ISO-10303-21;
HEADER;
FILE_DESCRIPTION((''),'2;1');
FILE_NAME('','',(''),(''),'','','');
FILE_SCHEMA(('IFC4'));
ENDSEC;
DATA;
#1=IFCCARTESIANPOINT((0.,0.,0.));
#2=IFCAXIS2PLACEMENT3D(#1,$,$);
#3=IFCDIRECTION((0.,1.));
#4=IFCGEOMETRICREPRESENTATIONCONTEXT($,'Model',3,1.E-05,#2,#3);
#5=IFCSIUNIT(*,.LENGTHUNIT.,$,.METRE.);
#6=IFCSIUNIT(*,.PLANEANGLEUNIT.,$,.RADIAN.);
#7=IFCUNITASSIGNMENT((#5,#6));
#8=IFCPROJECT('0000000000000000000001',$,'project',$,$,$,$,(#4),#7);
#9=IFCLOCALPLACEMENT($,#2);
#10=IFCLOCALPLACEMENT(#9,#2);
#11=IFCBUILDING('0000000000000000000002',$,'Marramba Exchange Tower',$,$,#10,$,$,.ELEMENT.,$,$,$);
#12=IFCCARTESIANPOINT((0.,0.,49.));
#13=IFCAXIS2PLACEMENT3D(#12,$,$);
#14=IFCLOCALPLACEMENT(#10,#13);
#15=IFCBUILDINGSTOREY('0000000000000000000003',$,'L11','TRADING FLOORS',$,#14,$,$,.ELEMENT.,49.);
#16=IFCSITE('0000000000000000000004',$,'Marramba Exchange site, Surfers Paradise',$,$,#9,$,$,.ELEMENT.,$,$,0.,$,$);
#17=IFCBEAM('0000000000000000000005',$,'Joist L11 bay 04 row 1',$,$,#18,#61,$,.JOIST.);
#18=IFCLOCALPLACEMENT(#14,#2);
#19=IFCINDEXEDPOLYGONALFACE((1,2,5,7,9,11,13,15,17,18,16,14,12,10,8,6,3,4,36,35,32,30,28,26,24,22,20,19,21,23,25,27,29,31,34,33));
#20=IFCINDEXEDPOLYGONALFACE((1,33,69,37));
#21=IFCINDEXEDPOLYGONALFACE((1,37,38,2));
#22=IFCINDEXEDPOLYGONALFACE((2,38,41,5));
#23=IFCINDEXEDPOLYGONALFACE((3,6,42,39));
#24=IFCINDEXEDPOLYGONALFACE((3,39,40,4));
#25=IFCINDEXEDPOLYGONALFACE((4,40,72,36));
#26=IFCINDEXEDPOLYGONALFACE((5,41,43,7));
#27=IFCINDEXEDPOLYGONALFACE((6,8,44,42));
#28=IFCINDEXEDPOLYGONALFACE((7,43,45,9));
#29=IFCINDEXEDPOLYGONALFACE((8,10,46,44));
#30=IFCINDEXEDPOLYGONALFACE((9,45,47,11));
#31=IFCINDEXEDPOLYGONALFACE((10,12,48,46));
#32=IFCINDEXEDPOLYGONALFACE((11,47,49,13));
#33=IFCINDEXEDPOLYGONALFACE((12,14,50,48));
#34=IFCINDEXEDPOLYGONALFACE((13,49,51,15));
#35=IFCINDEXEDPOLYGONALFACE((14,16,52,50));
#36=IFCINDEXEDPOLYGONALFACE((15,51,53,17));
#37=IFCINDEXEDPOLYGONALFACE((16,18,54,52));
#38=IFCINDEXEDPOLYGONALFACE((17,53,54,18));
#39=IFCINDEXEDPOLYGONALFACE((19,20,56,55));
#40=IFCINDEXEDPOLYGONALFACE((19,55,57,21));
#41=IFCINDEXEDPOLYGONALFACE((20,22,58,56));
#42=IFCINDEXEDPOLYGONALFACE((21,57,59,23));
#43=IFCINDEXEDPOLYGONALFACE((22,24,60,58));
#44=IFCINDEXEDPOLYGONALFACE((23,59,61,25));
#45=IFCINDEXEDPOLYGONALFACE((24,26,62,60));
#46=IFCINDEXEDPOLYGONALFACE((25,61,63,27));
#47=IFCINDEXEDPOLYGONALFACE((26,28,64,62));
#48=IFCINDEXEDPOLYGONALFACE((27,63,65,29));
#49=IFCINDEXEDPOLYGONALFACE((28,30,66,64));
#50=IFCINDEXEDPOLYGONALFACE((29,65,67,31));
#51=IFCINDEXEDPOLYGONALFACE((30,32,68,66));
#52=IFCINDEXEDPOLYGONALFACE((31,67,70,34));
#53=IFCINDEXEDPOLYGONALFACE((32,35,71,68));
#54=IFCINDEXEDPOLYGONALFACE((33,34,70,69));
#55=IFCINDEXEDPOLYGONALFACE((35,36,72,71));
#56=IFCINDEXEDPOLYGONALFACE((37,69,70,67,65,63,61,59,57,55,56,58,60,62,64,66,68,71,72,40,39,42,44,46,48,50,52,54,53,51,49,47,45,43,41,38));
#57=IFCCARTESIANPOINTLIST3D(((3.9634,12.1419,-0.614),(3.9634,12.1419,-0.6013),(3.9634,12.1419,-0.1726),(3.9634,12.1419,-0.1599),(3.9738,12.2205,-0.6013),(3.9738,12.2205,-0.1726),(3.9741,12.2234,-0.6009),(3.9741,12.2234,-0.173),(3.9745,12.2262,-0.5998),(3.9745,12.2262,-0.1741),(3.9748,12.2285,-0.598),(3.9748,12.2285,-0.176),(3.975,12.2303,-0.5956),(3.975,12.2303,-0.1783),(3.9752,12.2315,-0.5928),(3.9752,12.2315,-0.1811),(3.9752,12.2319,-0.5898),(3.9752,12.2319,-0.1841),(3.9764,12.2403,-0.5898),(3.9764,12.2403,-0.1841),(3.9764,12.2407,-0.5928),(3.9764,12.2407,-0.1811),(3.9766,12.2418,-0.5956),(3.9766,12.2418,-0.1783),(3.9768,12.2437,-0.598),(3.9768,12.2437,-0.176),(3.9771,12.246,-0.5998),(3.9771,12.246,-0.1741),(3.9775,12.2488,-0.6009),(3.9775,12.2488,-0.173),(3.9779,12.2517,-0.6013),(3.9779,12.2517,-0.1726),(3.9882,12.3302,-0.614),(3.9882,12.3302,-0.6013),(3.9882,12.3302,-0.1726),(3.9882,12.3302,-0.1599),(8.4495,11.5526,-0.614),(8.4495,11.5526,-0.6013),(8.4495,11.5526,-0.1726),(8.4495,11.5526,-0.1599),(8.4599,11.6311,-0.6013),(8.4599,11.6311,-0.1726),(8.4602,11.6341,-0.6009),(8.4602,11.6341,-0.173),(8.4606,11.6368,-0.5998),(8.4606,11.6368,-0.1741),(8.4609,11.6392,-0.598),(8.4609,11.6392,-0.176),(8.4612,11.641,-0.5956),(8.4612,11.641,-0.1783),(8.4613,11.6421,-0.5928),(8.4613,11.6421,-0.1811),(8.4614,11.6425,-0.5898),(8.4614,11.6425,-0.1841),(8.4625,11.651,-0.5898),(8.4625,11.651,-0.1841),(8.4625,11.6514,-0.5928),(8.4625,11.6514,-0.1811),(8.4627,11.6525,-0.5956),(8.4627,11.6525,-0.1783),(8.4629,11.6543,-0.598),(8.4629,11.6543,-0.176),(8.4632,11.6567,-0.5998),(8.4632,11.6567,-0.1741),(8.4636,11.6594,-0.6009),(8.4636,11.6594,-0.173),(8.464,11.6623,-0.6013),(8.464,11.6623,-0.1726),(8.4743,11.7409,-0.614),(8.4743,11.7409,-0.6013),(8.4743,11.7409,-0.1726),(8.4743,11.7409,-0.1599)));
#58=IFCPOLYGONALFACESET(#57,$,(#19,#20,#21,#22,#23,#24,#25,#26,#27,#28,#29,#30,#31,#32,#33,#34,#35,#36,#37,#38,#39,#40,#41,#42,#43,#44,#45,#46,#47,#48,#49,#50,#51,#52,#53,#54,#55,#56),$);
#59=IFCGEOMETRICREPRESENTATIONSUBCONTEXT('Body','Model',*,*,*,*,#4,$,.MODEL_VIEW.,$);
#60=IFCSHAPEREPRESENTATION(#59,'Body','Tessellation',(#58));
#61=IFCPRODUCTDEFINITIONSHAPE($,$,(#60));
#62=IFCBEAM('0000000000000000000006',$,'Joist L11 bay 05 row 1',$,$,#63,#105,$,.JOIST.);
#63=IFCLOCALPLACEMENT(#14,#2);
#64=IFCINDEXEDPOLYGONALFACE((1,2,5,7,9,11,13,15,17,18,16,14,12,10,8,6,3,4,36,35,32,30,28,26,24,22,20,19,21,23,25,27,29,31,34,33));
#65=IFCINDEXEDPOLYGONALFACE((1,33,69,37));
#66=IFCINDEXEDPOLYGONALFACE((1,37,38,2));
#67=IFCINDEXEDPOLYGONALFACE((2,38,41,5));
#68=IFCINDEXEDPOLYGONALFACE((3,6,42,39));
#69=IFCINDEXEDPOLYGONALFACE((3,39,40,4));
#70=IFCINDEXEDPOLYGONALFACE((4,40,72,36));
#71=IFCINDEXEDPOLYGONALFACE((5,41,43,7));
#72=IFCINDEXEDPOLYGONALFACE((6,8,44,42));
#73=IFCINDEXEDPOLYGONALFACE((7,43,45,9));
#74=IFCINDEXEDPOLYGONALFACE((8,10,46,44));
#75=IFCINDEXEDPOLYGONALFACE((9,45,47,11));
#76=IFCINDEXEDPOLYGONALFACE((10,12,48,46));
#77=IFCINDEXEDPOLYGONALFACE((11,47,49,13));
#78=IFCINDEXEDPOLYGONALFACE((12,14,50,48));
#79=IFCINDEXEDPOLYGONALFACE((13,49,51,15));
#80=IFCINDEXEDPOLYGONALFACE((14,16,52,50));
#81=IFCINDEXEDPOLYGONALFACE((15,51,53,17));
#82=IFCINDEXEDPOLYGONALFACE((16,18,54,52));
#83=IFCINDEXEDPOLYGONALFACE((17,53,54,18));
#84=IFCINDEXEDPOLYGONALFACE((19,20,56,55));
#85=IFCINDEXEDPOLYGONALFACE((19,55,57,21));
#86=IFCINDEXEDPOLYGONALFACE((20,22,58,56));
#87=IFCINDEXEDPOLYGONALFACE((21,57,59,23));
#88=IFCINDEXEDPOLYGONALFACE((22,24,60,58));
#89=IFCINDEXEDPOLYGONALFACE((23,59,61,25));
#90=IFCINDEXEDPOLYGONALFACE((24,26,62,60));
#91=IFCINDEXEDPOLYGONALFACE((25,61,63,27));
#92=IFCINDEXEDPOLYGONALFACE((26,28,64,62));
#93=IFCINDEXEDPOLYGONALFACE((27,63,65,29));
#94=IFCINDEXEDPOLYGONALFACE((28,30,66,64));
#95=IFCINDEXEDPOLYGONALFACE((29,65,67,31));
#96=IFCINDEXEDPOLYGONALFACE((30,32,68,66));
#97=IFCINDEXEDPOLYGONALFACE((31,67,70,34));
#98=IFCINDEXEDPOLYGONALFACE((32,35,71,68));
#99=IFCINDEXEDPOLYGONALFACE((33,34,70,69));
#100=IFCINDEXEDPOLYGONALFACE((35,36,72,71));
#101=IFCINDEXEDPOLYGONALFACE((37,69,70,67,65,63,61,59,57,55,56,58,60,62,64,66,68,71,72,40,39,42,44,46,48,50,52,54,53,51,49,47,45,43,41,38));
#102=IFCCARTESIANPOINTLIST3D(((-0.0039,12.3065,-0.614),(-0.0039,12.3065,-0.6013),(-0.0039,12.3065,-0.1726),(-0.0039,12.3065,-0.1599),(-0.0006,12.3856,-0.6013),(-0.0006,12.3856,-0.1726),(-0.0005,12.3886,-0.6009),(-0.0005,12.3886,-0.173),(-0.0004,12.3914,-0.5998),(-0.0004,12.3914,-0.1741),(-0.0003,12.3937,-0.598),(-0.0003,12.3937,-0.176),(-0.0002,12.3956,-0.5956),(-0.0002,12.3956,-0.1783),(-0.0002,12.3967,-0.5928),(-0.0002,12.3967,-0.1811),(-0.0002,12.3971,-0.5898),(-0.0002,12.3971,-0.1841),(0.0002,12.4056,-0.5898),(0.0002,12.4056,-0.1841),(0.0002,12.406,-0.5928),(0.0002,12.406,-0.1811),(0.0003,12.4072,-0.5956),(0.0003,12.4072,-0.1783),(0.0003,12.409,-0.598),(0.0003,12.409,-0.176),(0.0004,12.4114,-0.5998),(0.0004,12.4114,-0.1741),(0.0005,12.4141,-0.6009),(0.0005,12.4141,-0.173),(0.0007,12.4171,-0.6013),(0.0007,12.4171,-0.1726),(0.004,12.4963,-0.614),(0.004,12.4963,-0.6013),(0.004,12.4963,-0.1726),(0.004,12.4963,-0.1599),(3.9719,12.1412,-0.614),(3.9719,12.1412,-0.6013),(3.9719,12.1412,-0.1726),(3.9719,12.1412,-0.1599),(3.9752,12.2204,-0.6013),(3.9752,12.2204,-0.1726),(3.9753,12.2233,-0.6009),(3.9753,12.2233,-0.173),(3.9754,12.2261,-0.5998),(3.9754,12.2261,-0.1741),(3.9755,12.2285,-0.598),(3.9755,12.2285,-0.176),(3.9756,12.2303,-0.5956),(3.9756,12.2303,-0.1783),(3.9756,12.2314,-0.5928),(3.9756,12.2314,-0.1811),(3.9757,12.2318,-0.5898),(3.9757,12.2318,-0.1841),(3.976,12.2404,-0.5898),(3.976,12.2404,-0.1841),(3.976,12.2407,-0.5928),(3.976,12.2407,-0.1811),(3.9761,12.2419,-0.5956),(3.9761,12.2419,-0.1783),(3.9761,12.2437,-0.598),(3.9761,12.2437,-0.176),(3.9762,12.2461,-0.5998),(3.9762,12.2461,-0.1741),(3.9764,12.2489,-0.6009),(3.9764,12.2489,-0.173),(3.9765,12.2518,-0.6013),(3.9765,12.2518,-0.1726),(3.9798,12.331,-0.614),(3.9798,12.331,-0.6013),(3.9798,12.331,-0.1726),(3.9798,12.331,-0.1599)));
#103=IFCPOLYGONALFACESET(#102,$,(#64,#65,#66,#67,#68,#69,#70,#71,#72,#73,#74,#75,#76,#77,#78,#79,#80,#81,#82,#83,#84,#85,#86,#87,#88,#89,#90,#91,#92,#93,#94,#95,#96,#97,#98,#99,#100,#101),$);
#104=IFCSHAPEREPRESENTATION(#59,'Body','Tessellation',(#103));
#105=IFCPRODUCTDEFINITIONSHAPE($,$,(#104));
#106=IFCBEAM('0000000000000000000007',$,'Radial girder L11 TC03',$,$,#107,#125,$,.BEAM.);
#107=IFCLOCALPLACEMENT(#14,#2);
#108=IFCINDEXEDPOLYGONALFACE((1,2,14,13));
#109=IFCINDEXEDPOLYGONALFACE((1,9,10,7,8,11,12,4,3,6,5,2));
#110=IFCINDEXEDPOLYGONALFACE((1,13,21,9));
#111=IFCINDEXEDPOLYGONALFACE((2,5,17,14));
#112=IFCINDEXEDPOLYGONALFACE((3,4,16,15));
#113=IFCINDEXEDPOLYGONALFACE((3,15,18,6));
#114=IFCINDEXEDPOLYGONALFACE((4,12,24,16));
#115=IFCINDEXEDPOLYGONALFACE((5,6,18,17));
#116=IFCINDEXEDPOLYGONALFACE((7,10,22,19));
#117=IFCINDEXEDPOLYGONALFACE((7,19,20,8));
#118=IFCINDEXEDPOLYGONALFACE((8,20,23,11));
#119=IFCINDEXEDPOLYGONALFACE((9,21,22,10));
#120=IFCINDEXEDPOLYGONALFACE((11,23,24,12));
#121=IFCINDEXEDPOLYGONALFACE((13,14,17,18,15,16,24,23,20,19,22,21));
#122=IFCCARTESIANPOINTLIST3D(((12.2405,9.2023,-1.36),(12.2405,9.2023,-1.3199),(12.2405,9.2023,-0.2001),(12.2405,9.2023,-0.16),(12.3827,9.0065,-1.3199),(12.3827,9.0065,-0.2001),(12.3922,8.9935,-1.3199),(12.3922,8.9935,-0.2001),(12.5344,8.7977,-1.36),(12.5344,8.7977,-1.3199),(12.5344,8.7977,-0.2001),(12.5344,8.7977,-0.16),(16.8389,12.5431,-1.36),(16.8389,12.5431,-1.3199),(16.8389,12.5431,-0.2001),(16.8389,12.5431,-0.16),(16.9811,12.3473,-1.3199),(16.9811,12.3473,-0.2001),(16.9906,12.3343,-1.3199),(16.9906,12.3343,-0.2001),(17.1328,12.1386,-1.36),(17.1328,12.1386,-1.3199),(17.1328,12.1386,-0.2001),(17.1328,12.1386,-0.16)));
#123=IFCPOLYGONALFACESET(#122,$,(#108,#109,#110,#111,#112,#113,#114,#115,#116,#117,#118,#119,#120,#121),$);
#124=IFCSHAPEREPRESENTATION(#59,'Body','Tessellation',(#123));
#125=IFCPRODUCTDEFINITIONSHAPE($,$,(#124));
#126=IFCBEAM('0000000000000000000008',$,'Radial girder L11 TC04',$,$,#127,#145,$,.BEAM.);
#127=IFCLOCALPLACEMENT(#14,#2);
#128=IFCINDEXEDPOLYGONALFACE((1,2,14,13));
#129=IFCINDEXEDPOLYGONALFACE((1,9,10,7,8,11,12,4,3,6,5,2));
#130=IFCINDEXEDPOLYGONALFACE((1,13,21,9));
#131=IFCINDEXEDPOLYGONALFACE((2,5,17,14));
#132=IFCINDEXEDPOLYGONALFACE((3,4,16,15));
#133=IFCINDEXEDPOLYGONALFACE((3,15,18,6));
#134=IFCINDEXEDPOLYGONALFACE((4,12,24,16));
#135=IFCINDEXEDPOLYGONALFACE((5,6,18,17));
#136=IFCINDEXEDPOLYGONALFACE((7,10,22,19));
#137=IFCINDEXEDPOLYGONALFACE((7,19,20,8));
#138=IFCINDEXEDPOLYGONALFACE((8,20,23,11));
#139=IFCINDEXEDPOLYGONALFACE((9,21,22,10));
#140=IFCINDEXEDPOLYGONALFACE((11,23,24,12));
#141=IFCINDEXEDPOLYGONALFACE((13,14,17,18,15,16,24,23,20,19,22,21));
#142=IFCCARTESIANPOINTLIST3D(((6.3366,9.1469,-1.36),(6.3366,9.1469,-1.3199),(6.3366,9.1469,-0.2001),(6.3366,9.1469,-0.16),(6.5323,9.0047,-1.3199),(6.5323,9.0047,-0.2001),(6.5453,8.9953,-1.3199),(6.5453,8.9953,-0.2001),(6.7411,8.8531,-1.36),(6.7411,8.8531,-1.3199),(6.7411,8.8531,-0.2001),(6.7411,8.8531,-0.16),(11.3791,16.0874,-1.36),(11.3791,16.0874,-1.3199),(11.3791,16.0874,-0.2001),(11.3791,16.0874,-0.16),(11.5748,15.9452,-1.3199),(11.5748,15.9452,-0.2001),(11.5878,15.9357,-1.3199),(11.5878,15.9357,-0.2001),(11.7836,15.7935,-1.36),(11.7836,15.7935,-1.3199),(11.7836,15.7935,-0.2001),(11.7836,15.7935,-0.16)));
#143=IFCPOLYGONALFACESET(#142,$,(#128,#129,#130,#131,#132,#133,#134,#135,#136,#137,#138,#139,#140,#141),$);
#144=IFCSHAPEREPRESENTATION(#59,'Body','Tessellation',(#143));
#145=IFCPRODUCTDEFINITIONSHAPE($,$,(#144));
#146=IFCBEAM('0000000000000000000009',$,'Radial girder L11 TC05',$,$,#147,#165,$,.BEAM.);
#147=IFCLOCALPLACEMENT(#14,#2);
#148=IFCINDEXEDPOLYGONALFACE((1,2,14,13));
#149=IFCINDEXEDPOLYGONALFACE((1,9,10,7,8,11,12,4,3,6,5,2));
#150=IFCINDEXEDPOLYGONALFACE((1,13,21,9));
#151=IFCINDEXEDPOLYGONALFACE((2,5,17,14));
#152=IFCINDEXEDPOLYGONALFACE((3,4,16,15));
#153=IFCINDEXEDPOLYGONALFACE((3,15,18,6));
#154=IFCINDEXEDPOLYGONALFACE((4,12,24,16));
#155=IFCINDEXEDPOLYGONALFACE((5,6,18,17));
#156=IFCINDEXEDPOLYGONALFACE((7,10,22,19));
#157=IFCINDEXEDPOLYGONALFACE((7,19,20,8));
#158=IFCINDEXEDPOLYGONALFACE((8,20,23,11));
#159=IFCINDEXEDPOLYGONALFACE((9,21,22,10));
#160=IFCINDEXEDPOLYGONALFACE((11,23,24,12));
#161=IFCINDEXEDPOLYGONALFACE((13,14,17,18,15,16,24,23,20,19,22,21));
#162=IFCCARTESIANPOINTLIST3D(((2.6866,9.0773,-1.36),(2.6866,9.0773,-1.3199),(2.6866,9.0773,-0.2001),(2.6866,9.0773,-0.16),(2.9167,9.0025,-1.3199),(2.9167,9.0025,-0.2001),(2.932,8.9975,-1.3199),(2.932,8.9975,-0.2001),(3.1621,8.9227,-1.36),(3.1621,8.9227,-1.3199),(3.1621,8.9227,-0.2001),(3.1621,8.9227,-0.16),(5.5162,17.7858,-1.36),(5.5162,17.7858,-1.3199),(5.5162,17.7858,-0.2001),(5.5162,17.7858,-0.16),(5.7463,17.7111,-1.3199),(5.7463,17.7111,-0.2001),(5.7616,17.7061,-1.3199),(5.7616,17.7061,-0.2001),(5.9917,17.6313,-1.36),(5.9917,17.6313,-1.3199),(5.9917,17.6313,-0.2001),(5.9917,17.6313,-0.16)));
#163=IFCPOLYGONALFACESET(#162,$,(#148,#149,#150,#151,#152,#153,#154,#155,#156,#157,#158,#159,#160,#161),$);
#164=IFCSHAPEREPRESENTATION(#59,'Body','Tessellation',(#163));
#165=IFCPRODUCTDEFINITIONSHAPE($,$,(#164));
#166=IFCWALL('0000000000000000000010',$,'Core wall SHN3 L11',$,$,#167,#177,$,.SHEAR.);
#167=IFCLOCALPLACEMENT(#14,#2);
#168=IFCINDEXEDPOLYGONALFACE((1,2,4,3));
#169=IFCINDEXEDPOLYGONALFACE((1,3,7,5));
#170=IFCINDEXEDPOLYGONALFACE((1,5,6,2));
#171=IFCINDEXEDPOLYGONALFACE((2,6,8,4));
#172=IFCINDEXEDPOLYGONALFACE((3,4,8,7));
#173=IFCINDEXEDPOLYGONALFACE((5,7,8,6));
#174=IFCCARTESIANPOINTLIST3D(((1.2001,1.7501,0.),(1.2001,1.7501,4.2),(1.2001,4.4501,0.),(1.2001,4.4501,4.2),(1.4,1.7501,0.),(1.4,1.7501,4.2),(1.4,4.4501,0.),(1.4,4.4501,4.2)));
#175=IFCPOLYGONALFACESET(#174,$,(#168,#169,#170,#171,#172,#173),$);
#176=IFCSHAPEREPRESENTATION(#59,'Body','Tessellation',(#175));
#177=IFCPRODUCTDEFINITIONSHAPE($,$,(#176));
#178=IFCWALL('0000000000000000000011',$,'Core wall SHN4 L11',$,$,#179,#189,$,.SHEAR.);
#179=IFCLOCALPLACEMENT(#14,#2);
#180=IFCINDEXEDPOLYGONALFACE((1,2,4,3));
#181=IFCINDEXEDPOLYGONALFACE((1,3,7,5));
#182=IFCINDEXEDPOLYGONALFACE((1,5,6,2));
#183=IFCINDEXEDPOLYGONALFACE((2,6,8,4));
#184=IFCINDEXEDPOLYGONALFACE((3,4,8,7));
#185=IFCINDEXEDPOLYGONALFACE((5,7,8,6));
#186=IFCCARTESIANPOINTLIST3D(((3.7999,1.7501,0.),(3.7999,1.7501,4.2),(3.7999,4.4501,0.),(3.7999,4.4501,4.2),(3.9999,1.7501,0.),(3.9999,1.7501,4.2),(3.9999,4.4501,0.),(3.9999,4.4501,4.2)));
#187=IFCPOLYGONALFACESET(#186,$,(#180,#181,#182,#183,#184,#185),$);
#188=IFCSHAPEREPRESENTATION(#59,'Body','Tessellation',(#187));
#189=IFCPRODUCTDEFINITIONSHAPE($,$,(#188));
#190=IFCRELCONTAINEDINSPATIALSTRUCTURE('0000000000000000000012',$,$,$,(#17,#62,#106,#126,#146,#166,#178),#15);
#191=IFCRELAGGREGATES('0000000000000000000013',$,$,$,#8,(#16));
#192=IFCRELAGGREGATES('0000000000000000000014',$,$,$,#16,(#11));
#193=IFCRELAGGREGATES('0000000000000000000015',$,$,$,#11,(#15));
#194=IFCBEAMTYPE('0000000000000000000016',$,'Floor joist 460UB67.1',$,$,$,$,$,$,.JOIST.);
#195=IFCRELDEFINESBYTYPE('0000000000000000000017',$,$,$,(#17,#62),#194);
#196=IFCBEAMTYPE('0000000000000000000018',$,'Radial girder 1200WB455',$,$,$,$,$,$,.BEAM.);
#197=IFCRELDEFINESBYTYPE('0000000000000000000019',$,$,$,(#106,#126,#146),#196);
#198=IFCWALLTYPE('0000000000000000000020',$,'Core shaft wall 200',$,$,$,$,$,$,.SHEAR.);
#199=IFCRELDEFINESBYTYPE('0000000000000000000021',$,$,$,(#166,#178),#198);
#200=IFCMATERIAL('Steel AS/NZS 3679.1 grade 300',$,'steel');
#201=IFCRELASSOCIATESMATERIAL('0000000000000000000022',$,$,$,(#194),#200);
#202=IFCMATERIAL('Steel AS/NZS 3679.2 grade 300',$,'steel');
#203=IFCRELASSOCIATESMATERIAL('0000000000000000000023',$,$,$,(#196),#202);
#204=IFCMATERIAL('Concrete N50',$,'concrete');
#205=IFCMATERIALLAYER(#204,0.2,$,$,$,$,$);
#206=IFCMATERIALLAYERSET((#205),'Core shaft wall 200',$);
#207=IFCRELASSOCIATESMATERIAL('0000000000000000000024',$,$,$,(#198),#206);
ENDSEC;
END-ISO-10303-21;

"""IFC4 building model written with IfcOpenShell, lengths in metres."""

from ifc_helpers import new_model, si_unit, direction, frame, frame_2d, origin, origin_2d, place, context, subcontext, project, spatial, rectangle, i_section, extrude, material, layer, layer_set, material_profile, profile_set, type_object, element, save


model = new_model("IFC4")

# Units and contexts
model_context = context("Model", 3, precision=1e-05, world=origin(), true_north=direction((0.0, 1.0)))
body_context = subcontext(model_context, "Body", "Model", "MODEL_VIEW")
ifc_project = project(units=[si_unit("LENGTHUNIT", "METRE"), si_unit("PLANEANGLEUNIT", "RADIAN")], contexts=[model_context])

# Site, building, storey
site_placement = place(None, origin())
site = spatial("IfcSite", under=ifc_project, at=site_placement, Name="Marramba Exchange site, Surfers Paradise", CompositionType="ELEMENT", RefElevation=0.0)
building_placement = place(site_placement, origin())
building = spatial("IfcBuilding", under=site, at=building_placement, Name="Marramba Exchange Tower", CompositionType="ELEMENT")
storey_placement = place(building_placement, frame((0.0, 0.0, 49.0)))
storey = spatial("IfcBuildingStorey", under=building, at=storey_placement, Name="L11", Description="TRADING FLOORS", CompositionType="ELEMENT", Elevation=49.0)

# Beams
ifc_material_1 = material(Name="Steel AS/NZS 3679.1 grade 300", Category="steel")
ifc_material_profile_1 = material_profile(ifc_material_1, i_section(OverallWidth=0.1899, OverallDepth=0.4541, WebThickness=0.0085, FlangeThickness=0.0127, FilletRadius=0.0115, at=origin_2d()), Name="460UB67.1")
ifc_profile_set_1 = profile_set([ifc_material_profile_1], Name="Steel AS/NZS 3679.1 grade 300")
beam_type_1 = type_object("IfcBeamType", Name="Floor joist 460UB67.1", PredefinedType="JOIST", material=ifc_profile_set_1)
beam_1_placement = place(storey_placement, frame((8.4619, 11.6467, -0.387), z_axis=(-0.991481, 0.130255, 0.0), x_axis=(-0.130255, -0.991481, 0.0)))
element("IfcBeam", 1, at=beam_1_placement, inside=storey, type_object=beam_type_1, Name="Joist L11 bay 04 row 1", PredefinedType="JOIST", context=body_context, shape_type="SweptSolid", body=[
    extrude(i_section(OverallWidth=0.1899, OverallDepth=0.4541, WebThickness=0.0085, FlangeThickness=0.0127, FilletRadius=0.0115, at=origin_2d()), origin(), (0.0, 0.0, 1.0), 4.5247),
])
beam_2_placement = place(storey_placement, frame((3.9758, 12.2361, -0.387), z_axis=(-0.999137, 0.041536, 0.0), x_axis=(-0.041536, -0.999137, 0.0)))
element("IfcBeam", 2, at=beam_2_placement, inside=storey, type_object=beam_type_1, Name="Joist L11 bay 05 row 1", PredefinedType="JOIST", context=body_context, shape_type="SweptSolid", body=[
    extrude(i_section(OverallWidth=0.1899, OverallDepth=0.4541, WebThickness=0.0085, FlangeThickness=0.0127, FilletRadius=0.0115, at=origin_2d()), origin(), (0.0, 0.0, 1.0), 3.9792),
])
ifc_material_2 = material(Name="Steel AS/NZS 3679.2 grade 300", Category="steel")
ifc_material_profile_2 = material_profile(ifc_material_2, i_section(OverallWidth=0.5, OverallDepth=1.2, WebThickness=0.0161, FlangeThickness=0.04, at=origin_2d()), Name="1200WB455")
ifc_profile_set_2 = profile_set([ifc_material_profile_2], Name="Steel AS/NZS 3679.2 grade 300")
beam_type_2 = type_object("IfcBeamType", Name="Radial girder 1200WB455", PredefinedType="BEAM", material=ifc_profile_set_2)
beam_3_placement = place(storey_placement, frame((12.3875, 9.0, -0.76), z_axis=(0.809026, 0.587773, 0.0), x_axis=(-0.587773, 0.809026, 0.0)))
element("IfcBeam", 3, at=beam_3_placement, inside=storey, type_object=beam_type_2, Name="Radial girder L11 TC03", PredefinedType="BEAM", context=body_context, shape_type="SweptSolid", body=[
    extrude(i_section(OverallWidth=0.5, OverallDepth=1.2, WebThickness=0.0161, FlangeThickness=0.04, at=origin_2d()), origin(), (0.0, 0.0, 1.0), 5.6838),
])
beam_4_placement = place(storey_placement, frame((6.5388, 9.0, -0.76), z_axis=(0.587782, 0.809019, 0.0), x_axis=(-0.809019, 0.587782, 0.0)))
element("IfcBeam", 4, at=beam_4_placement, inside=storey, type_object=beam_type_2, Name="Radial girder L11 TC04", PredefinedType="BEAM", context=body_context, shape_type="SweptSolid", body=[
    extrude(i_section(OverallWidth=0.5, OverallDepth=1.2, WebThickness=0.0161, FlangeThickness=0.04, at=origin_2d()), origin(), (0.0, 0.0, 1.0), 8.5789),
])
beam_5_placement = place(storey_placement, frame((2.9243, 9.0, -0.76), z_axis=(0.30902, 0.951056, 0.0), x_axis=(-0.951056, 0.30902, 0.0)))
element("IfcBeam", 5, at=beam_5_placement, inside=storey, type_object=beam_type_2, Name="Radial girder L11 TC05", PredefinedType="BEAM", context=body_context, shape_type="SweptSolid", body=[
    extrude(i_section(OverallWidth=0.5, OverallDepth=1.2, WebThickness=0.0161, FlangeThickness=0.04, at=origin_2d()), origin(), (0.0, 0.0, 1.0), 9.1567),
])

# Walls
ifc_material_3 = material(Name="Concrete N50", Category="concrete")
ifc_layer_1 = layer(ifc_material_3, 0.2)
ifc_layer_set_1 = layer_set([ifc_layer_1], Name="Core shaft wall 200")
wall_type_1 = type_object("IfcWallType", Name="Core shaft wall 200", PredefinedType="SHEAR", material=ifc_layer_set_1)
for number, where, z_axis, x_axis, name in (
    (6, (1.3, 1.75, 0.0), (0.0, 0.0, 1.0), (0.0, 1.0, 0.0), "Core wall SHN3 L11"),
    (7, (3.8999, 1.75, 0.0), (0.0, 0.0, 1.0), (0.0, 1.0, 0.0), "Core wall SHN4 L11"),
):
    element("IfcWall", number, at=place(storey_placement, frame(where, z_axis=z_axis, x_axis=x_axis)), inside=storey, type_object=wall_type_1, Name=name, PredefinedType="SHEAR", context=body_context, shape_type="SweptSolid", body=[
        extrude(rectangle(XDim=2.7, YDim=0.2, at=frame_2d((1.3501, 0.0))), origin(), (0.0, 0.0, 1.0), 4.2),
    ])

save(model, "model.ifc")
